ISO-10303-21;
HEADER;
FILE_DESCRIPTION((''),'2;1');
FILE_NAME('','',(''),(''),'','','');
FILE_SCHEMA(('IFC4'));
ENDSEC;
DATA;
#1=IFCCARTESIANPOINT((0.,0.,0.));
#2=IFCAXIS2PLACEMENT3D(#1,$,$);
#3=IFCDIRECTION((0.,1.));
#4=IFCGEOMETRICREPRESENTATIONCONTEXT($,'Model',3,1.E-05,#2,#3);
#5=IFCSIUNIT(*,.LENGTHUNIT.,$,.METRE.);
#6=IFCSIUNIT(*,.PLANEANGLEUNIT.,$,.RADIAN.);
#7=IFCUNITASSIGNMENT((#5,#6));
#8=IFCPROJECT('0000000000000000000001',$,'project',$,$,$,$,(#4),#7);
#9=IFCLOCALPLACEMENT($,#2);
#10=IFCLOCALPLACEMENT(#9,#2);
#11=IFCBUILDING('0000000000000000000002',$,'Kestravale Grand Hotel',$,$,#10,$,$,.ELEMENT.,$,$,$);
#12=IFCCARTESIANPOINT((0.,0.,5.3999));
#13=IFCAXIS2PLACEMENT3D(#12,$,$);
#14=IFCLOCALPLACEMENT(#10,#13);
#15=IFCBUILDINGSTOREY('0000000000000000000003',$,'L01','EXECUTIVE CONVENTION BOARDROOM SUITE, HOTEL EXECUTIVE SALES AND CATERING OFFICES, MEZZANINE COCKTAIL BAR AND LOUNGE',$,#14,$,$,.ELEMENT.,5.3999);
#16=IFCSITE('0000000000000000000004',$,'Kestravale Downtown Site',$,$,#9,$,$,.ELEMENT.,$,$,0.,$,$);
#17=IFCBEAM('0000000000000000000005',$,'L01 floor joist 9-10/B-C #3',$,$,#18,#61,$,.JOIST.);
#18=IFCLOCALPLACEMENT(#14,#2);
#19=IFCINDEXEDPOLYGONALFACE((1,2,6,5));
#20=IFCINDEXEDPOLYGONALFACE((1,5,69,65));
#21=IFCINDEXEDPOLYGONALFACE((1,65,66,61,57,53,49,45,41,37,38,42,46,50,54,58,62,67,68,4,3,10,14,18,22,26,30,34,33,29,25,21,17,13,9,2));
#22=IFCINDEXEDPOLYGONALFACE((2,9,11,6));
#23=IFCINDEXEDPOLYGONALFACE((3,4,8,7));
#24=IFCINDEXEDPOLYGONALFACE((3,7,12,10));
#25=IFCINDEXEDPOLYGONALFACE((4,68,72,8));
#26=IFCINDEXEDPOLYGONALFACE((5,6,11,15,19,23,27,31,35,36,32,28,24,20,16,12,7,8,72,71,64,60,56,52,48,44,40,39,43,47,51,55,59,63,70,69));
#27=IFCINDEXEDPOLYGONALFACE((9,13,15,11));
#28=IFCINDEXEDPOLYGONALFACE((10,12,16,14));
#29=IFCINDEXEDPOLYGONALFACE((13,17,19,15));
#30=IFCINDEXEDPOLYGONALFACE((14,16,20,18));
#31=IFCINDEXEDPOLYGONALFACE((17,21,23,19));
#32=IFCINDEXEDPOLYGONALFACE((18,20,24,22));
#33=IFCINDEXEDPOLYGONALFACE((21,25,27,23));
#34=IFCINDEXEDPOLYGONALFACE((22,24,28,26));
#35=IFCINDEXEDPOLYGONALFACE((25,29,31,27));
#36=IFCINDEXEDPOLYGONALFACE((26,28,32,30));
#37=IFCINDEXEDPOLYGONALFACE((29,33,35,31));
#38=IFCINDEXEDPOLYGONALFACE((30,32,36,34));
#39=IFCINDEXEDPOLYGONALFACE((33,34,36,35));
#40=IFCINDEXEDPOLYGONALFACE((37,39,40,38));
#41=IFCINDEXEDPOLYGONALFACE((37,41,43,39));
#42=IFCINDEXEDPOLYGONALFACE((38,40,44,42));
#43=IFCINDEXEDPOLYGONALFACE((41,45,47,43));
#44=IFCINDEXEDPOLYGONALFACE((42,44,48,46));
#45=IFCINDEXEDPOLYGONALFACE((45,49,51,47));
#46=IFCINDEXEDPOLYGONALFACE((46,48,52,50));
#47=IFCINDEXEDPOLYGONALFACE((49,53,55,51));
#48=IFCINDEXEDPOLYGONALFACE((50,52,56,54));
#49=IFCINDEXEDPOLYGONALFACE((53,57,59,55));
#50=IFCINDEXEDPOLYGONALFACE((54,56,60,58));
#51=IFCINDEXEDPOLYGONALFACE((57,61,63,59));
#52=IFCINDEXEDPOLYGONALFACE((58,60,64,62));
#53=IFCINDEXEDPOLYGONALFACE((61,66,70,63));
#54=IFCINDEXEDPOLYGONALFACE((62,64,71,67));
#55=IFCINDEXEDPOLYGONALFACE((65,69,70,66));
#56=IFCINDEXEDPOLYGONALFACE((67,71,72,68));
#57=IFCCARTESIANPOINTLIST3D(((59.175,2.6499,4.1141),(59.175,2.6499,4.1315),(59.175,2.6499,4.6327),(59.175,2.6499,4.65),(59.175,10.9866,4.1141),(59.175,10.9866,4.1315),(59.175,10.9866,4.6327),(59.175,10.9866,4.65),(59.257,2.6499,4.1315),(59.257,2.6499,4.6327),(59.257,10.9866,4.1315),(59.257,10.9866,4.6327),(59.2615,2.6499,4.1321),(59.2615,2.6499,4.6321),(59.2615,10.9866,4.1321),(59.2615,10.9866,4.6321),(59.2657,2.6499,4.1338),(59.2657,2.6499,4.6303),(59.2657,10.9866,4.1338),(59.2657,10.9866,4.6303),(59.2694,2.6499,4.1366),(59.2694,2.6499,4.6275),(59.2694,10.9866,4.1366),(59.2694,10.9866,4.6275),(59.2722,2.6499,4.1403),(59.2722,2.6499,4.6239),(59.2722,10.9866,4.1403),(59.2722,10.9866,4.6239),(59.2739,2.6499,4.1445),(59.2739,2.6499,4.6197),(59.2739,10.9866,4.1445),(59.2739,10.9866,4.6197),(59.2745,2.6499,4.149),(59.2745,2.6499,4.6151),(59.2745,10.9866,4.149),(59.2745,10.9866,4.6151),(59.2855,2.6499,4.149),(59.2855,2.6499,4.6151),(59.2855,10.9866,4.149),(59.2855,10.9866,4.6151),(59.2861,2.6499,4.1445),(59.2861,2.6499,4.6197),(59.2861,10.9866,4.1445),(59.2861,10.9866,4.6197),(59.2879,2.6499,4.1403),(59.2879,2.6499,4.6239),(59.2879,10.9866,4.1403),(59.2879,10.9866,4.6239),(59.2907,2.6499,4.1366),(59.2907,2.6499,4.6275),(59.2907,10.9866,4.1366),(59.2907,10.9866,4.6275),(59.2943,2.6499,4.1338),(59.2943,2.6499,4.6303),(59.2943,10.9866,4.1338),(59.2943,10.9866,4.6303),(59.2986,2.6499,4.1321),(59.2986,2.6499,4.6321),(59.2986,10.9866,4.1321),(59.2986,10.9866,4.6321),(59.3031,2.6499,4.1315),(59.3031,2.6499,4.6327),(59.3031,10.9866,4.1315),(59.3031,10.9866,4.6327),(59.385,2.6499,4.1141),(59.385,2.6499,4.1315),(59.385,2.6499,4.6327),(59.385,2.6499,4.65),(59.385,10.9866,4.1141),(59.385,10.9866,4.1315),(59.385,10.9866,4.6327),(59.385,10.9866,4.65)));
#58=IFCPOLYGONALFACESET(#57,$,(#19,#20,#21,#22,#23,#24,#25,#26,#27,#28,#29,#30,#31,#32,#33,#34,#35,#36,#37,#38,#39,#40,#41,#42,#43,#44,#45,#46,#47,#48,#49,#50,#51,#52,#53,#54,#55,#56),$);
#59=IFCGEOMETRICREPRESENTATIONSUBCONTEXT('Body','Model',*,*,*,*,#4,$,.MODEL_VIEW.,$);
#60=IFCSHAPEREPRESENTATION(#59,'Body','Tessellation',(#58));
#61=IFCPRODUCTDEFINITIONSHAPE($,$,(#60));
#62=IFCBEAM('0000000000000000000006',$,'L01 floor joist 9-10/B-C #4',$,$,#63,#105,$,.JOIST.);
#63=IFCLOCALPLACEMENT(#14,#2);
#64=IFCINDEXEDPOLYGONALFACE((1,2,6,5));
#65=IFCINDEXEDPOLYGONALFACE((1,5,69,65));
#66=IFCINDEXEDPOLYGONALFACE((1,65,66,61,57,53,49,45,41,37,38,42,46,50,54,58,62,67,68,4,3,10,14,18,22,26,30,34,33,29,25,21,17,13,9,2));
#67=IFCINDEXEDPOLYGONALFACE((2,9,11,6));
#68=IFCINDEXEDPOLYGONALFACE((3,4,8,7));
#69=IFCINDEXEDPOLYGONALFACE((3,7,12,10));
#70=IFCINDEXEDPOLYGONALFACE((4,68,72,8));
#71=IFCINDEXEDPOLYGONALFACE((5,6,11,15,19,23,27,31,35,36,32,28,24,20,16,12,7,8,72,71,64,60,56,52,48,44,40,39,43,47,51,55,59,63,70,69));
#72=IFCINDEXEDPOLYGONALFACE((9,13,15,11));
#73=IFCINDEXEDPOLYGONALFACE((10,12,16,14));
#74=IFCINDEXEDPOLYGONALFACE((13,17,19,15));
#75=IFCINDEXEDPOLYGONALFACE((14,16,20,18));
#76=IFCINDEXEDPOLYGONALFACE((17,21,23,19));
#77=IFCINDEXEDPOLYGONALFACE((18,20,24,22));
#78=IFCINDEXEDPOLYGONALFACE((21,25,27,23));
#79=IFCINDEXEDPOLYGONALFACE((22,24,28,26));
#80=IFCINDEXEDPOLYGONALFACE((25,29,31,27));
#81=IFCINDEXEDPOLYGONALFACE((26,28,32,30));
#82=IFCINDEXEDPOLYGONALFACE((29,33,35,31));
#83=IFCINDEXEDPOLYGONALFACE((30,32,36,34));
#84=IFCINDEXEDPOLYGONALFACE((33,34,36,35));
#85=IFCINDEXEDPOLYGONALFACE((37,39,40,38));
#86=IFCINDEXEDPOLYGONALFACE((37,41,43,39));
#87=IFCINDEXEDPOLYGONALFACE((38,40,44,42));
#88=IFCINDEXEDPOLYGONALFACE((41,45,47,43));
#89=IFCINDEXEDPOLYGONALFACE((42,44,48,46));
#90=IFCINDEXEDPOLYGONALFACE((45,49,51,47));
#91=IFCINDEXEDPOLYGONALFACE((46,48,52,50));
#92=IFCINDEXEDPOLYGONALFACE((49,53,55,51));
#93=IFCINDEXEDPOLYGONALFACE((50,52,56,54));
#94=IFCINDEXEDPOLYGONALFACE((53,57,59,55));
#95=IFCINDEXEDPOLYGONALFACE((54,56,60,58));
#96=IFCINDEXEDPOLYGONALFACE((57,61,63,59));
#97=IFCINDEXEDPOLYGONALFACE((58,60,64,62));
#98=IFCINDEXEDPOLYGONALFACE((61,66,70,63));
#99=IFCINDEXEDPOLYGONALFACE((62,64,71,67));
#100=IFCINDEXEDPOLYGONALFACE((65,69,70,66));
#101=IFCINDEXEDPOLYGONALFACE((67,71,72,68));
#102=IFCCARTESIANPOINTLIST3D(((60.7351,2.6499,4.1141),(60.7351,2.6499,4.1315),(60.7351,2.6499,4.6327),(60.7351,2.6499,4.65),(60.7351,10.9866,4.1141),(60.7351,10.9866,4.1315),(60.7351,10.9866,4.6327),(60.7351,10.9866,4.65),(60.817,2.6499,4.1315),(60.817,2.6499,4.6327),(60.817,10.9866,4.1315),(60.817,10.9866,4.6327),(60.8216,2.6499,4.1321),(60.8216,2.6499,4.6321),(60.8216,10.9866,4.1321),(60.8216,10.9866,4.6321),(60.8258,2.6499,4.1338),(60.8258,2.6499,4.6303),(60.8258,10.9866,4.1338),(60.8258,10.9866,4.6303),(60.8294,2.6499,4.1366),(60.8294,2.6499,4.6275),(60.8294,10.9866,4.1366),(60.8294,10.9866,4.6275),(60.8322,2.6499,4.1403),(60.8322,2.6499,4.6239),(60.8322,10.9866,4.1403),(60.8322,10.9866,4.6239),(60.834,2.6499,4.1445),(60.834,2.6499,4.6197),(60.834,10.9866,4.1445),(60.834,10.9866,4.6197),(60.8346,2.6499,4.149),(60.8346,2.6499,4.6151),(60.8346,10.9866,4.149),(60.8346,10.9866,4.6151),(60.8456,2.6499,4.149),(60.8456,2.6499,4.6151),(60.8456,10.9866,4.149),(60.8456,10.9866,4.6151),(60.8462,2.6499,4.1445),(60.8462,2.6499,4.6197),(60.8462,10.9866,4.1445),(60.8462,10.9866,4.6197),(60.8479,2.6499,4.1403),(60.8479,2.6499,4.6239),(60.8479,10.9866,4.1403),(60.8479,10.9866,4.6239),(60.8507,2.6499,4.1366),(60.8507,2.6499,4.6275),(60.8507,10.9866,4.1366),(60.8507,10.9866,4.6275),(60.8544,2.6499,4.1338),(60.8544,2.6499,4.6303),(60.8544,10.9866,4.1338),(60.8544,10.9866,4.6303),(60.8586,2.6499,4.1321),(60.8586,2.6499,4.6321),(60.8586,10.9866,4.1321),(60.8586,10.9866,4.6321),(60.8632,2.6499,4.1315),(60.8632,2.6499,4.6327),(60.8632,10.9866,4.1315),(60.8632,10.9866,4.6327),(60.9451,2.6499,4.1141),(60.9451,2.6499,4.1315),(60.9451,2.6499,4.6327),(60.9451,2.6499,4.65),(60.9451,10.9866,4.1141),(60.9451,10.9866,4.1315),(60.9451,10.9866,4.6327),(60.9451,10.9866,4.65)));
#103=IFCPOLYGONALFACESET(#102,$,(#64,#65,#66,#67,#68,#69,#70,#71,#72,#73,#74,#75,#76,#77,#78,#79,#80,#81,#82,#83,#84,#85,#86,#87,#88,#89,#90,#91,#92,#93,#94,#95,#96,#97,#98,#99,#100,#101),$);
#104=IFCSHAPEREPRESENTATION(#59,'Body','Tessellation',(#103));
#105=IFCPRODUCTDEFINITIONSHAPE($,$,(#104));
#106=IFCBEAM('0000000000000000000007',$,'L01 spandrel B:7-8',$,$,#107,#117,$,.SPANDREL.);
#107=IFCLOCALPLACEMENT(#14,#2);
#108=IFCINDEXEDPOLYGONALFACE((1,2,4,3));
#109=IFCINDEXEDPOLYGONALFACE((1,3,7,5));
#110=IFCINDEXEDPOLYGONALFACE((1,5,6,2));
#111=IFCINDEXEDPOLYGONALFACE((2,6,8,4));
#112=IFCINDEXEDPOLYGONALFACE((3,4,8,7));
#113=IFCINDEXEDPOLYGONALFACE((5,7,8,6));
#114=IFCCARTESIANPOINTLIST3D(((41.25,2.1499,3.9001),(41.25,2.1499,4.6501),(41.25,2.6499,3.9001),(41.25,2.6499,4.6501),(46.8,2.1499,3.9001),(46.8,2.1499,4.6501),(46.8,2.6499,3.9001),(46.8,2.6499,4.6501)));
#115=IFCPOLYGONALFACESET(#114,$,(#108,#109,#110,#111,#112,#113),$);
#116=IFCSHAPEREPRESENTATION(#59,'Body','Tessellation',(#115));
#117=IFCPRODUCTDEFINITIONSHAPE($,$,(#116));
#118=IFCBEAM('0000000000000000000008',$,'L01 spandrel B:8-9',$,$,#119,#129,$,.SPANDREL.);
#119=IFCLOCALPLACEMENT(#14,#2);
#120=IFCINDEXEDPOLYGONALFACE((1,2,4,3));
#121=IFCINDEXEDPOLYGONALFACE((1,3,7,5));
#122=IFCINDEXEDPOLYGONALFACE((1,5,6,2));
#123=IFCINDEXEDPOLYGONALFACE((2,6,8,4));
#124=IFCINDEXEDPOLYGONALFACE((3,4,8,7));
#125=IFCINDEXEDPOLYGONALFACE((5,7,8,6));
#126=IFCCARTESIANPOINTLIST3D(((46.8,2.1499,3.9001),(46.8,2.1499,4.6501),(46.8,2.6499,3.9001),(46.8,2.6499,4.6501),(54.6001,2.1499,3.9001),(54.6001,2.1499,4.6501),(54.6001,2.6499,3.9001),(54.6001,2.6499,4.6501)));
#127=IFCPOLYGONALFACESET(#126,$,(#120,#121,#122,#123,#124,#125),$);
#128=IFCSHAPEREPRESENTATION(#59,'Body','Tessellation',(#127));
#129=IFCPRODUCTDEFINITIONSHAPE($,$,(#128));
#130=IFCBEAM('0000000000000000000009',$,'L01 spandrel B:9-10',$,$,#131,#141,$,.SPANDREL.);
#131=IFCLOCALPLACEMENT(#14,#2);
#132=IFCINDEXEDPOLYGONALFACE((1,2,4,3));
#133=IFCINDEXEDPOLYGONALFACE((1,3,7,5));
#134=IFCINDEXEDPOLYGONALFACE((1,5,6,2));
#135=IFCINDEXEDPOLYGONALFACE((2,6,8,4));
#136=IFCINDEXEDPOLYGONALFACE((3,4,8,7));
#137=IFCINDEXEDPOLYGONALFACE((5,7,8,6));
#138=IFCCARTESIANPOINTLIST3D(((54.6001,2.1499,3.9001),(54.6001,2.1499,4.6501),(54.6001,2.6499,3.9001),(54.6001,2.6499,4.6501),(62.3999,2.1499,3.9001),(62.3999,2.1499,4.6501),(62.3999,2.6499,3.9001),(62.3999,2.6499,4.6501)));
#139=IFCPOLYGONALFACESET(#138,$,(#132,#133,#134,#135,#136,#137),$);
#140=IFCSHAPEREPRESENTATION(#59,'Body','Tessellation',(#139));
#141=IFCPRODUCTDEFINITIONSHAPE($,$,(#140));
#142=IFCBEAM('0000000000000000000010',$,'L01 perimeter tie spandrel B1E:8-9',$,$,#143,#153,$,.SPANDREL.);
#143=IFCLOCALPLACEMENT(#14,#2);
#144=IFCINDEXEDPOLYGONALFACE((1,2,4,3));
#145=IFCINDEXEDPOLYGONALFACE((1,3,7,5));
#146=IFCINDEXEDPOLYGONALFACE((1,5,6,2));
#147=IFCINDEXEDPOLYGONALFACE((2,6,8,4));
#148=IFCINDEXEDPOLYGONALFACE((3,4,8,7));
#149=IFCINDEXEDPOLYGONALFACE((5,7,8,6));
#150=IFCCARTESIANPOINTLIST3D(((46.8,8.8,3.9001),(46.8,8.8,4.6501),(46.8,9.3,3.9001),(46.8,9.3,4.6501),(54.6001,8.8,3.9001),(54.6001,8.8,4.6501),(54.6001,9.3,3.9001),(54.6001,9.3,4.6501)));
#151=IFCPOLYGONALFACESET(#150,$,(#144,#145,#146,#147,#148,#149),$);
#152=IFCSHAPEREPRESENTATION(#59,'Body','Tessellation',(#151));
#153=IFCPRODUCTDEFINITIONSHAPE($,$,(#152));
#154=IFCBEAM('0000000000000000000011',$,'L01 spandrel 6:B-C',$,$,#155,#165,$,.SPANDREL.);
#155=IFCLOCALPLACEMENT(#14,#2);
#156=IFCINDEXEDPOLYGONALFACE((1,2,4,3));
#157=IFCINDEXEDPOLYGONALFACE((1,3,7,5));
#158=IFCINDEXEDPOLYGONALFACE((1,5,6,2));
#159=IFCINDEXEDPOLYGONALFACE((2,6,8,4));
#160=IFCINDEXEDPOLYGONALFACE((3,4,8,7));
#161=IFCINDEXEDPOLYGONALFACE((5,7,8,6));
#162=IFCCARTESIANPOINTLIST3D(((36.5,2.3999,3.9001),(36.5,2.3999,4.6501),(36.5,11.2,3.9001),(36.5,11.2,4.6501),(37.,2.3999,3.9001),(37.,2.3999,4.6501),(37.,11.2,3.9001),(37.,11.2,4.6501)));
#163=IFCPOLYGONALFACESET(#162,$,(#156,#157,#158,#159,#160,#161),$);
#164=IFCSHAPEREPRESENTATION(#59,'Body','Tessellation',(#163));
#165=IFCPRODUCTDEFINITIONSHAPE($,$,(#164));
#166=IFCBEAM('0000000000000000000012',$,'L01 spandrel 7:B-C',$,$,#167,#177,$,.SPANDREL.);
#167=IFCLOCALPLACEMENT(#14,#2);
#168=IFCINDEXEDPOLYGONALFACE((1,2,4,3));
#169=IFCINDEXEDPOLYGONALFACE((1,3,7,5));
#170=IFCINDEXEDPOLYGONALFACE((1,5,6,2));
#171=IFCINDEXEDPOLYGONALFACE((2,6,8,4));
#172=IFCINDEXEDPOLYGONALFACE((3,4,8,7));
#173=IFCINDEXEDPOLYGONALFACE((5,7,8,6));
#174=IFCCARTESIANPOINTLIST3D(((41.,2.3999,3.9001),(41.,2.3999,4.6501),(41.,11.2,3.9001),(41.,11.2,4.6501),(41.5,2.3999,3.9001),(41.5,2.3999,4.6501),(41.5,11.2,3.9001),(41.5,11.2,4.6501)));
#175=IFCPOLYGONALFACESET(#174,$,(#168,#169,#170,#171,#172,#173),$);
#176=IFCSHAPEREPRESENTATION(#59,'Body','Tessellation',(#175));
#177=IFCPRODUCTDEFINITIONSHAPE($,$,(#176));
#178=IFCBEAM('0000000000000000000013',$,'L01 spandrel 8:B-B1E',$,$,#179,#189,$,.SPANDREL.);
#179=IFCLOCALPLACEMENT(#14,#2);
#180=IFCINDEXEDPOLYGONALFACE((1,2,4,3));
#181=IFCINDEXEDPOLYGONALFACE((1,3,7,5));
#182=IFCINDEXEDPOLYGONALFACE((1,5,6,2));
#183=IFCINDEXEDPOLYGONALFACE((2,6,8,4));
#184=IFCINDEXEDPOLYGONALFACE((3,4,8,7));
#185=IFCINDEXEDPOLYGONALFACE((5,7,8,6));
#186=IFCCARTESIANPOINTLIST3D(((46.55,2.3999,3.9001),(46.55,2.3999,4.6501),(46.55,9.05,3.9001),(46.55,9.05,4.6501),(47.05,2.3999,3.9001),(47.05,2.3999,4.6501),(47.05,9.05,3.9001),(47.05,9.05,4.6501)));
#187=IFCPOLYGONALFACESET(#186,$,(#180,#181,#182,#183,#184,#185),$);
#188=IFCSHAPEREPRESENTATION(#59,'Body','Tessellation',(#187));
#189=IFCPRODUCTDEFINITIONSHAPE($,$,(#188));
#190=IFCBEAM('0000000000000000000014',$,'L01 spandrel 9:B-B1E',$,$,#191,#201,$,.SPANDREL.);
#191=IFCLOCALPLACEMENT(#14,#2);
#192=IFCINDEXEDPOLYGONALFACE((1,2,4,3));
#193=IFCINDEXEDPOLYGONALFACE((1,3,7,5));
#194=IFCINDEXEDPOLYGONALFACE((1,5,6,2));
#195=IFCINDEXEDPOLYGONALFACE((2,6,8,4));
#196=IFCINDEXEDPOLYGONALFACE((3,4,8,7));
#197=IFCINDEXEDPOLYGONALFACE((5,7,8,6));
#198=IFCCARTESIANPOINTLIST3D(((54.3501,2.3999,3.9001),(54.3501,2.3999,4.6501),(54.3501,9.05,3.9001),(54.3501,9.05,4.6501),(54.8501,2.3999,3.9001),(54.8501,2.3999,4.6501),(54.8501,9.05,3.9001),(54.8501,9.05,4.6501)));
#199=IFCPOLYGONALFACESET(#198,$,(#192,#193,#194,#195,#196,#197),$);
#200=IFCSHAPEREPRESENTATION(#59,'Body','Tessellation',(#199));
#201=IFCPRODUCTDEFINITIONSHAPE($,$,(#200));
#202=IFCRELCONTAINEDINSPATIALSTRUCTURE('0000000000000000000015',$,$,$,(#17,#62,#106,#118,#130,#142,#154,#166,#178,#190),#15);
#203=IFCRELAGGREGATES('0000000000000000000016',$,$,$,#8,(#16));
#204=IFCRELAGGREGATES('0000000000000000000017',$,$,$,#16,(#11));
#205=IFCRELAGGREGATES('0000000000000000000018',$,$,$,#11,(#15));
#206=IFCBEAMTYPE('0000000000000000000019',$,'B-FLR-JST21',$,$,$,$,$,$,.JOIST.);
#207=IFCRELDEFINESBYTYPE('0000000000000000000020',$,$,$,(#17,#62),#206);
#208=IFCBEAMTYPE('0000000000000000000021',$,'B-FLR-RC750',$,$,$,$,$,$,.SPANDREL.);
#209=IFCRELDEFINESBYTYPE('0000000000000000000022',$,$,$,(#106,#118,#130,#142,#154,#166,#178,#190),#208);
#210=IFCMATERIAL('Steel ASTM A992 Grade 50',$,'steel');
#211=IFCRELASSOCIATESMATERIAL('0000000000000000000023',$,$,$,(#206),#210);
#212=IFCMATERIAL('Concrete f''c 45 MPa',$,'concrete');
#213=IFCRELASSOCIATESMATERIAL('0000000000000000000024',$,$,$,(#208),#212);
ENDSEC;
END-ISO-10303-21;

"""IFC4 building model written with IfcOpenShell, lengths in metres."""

from ifc_helpers import new_model, si_unit, direction, frame, origin, origin_2d, place, context, subcontext, project, spatial, rectangle, i_section, extrude, material, material_profile, profile_set, type_object, element, save


model = new_model("IFC4")

# Units and contexts
model_context = context("Model", 3, precision=1e-05, world=origin(), true_north=direction((0.0, 1.0)))
body_context = subcontext(model_context, "Body", "Model", "MODEL_VIEW")
ifc_project = project(units=[si_unit("LENGTHUNIT", "METRE"), si_unit("PLANEANGLEUNIT", "RADIAN")], contexts=[model_context])

# Site, building, storey
site_placement = place(None, origin())
site = spatial("IfcSite", under=ifc_project, at=site_placement, Name="Kestravale Downtown Site", CompositionType="ELEMENT", RefElevation=0.0)
building_placement = place(site_placement, origin())
building = spatial("IfcBuilding", under=site, at=building_placement, Name="Kestravale Grand Hotel", CompositionType="ELEMENT")
storey_placement = place(building_placement, frame((0.0, 0.0, 5.3999)))
storey = spatial("IfcBuildingStorey", under=building, at=storey_placement, Name="L01", Description="EXECUTIVE CONVENTION BOARDROOM SUITE, HOTEL EXECUTIVE SALES AND CATERING OFFICES, MEZZANINE COCKTAIL BAR AND LOUNGE", CompositionType="ELEMENT", Elevation=5.3999)

# Beams
ifc_material_1 = material(Name="Steel ASTM A992 Grade 50", Category="steel")
ifc_material_profile_1 = material_profile(ifc_material_1, i_section(OverallWidth=0.21, OverallDepth=0.5359, WebThickness=0.011, FlangeThickness=0.0173, FilletRadius=0.0176, at=origin_2d()))
ifc_profile_set_1 = profile_set([ifc_material_profile_1], Name="Steel ASTM A992 Grade 50")
beam_type_1 = type_object("IfcBeamType", Name="B-FLR-JST21", PredefinedType="JOIST", material=ifc_profile_set_1)
for number, where, z_axis, x_axis, name in (
    (1, (59.28, 2.6499, 4.3821), (0.0, 1.0, 0.0), (-1.0, 0.0, 0.0), "L01 floor joist 9-10/B-C #3"),
    (2, (60.8401, 2.6499, 4.3821), (0.0, 1.0, 0.0), (-1.0, 0.0, 0.0), "L01 floor joist 9-10/B-C #4"),
):
    element("IfcBeam", number, at=place(storey_placement, frame(where, z_axis=z_axis, x_axis=x_axis)), inside=storey, type_object=beam_type_1, Name=name, PredefinedType="JOIST", context=body_context, shape_type="SweptSolid", body=[
        extrude(i_section(OverallWidth=0.21, OverallDepth=0.5359, WebThickness=0.011, FlangeThickness=0.0173, FilletRadius=0.0176, at=origin_2d()), origin(), (0.0, 0.0, 1.0), 8.3367),
    ])
ifc_material_2 = material(Name="Concrete f'c 45 MPa", Category="concrete")
ifc_material_profile_2 = material_profile(ifc_material_2, rectangle(XDim=0.5, YDim=0.75, at=origin_2d()))
ifc_profile_set_2 = profile_set([ifc_material_profile_2], Name="Concrete f'c 45 MPa")
beam_type_2 = type_object("IfcBeamType", Name="B-FLR-RC750", PredefinedType="SPANDREL", material=ifc_profile_set_2)
beam_1_placement = place(storey_placement, frame((41.25, 2.3999, 4.2751), z_axis=(1.0, 0.0, 0.0), x_axis=(0.0, 1.0, 0.0)))
element("IfcBeam", 3, at=beam_1_placement, inside=storey, type_object=beam_type_2, Name="L01 spandrel B:7-8", PredefinedType="SPANDREL", context=body_context, shape_type="SweptSolid", body=[
    extrude(rectangle(XDim=0.5, YDim=0.75, at=origin_2d()), origin(), (0.0, 0.0, 1.0), 5.55),
])
beam_2_placement = place(storey_placement, frame((46.8, 2.3999, 4.2751), z_axis=(1.0, 0.0, 0.0), x_axis=(0.0, 1.0, 0.0)))
element("IfcBeam", 4, at=beam_2_placement, inside=storey, type_object=beam_type_2, Name="L01 spandrel B:8-9", PredefinedType="SPANDREL", context=body_context, shape_type="SweptSolid", body=[
    extrude(rectangle(XDim=0.5, YDim=0.75, at=origin_2d()), origin(), (0.0, 0.0, 1.0), 7.8),
])
beam_3_placement = place(storey_placement, frame((54.6001, 2.3999, 4.2751), z_axis=(1.0, 0.0, 0.0), x_axis=(0.0, 1.0, 0.0)))
element("IfcBeam", 5, at=beam_3_placement, inside=storey, type_object=beam_type_2, Name="L01 spandrel B:9-10", PredefinedType="SPANDREL", context=body_context, shape_type="SweptSolid", body=[
    extrude(rectangle(XDim=0.5, YDim=0.75, at=origin_2d()), origin(), (0.0, 0.0, 1.0), 7.7998),
])
beam_4_placement = place(storey_placement, frame((46.8, 9.05, 4.2751), z_axis=(1.0, 0.0, 0.0), x_axis=(0.0, 1.0, 0.0)))
element("IfcBeam", 6, at=beam_4_placement, inside=storey, type_object=beam_type_2, Name="L01 perimeter tie spandrel B1E:8-9", PredefinedType="SPANDREL", context=body_context, shape_type="SweptSolid", body=[
    extrude(rectangle(XDim=0.5, YDim=0.75, at=origin_2d()), origin(), (0.0, 0.0, 1.0), 7.8),
])
for number, where, z_axis, x_axis, name in (
    (7, (36.75, 2.3999, 4.2751), (0.0, 1.0, 0.0), (-1.0, 0.0, 0.0), "L01 spandrel 6:B-C"),
    (8, (41.25, 2.3999, 4.2751), (0.0, 1.0, 0.0), (-1.0, 0.0, 0.0), "L01 spandrel 7:B-C"),
):
    element("IfcBeam", number, at=place(storey_placement, frame(where, z_axis=z_axis, x_axis=x_axis)), inside=storey, type_object=beam_type_2, Name=name, PredefinedType="SPANDREL", context=body_context, shape_type="SweptSolid", body=[
        extrude(rectangle(XDim=0.5, YDim=0.75, at=origin_2d()), origin(), (0.0, 0.0, 1.0), 8.8),
    ])
for number, where, z_axis, x_axis, name in (
    (9, (46.8, 2.3999, 4.2751), (0.0, 1.0, 0.0), (-1.0, 0.0, 0.0), "L01 spandrel 8:B-B1E"),
    (10, (54.6001, 2.3999, 4.2751), (0.0, 1.0, 0.0), (-1.0, 0.0, 0.0), "L01 spandrel 9:B-B1E"),
):
    element("IfcBeam", number, at=place(storey_placement, frame(where, z_axis=z_axis, x_axis=x_axis)), inside=storey, type_object=beam_type_2, Name=name, PredefinedType="SPANDREL", context=body_context, shape_type="SweptSolid", body=[
        extrude(rectangle(XDim=0.5, YDim=0.75, at=origin_2d()), origin(), (0.0, 0.0, 1.0), 6.6501),
    ])

save(model, "model.ifc")
